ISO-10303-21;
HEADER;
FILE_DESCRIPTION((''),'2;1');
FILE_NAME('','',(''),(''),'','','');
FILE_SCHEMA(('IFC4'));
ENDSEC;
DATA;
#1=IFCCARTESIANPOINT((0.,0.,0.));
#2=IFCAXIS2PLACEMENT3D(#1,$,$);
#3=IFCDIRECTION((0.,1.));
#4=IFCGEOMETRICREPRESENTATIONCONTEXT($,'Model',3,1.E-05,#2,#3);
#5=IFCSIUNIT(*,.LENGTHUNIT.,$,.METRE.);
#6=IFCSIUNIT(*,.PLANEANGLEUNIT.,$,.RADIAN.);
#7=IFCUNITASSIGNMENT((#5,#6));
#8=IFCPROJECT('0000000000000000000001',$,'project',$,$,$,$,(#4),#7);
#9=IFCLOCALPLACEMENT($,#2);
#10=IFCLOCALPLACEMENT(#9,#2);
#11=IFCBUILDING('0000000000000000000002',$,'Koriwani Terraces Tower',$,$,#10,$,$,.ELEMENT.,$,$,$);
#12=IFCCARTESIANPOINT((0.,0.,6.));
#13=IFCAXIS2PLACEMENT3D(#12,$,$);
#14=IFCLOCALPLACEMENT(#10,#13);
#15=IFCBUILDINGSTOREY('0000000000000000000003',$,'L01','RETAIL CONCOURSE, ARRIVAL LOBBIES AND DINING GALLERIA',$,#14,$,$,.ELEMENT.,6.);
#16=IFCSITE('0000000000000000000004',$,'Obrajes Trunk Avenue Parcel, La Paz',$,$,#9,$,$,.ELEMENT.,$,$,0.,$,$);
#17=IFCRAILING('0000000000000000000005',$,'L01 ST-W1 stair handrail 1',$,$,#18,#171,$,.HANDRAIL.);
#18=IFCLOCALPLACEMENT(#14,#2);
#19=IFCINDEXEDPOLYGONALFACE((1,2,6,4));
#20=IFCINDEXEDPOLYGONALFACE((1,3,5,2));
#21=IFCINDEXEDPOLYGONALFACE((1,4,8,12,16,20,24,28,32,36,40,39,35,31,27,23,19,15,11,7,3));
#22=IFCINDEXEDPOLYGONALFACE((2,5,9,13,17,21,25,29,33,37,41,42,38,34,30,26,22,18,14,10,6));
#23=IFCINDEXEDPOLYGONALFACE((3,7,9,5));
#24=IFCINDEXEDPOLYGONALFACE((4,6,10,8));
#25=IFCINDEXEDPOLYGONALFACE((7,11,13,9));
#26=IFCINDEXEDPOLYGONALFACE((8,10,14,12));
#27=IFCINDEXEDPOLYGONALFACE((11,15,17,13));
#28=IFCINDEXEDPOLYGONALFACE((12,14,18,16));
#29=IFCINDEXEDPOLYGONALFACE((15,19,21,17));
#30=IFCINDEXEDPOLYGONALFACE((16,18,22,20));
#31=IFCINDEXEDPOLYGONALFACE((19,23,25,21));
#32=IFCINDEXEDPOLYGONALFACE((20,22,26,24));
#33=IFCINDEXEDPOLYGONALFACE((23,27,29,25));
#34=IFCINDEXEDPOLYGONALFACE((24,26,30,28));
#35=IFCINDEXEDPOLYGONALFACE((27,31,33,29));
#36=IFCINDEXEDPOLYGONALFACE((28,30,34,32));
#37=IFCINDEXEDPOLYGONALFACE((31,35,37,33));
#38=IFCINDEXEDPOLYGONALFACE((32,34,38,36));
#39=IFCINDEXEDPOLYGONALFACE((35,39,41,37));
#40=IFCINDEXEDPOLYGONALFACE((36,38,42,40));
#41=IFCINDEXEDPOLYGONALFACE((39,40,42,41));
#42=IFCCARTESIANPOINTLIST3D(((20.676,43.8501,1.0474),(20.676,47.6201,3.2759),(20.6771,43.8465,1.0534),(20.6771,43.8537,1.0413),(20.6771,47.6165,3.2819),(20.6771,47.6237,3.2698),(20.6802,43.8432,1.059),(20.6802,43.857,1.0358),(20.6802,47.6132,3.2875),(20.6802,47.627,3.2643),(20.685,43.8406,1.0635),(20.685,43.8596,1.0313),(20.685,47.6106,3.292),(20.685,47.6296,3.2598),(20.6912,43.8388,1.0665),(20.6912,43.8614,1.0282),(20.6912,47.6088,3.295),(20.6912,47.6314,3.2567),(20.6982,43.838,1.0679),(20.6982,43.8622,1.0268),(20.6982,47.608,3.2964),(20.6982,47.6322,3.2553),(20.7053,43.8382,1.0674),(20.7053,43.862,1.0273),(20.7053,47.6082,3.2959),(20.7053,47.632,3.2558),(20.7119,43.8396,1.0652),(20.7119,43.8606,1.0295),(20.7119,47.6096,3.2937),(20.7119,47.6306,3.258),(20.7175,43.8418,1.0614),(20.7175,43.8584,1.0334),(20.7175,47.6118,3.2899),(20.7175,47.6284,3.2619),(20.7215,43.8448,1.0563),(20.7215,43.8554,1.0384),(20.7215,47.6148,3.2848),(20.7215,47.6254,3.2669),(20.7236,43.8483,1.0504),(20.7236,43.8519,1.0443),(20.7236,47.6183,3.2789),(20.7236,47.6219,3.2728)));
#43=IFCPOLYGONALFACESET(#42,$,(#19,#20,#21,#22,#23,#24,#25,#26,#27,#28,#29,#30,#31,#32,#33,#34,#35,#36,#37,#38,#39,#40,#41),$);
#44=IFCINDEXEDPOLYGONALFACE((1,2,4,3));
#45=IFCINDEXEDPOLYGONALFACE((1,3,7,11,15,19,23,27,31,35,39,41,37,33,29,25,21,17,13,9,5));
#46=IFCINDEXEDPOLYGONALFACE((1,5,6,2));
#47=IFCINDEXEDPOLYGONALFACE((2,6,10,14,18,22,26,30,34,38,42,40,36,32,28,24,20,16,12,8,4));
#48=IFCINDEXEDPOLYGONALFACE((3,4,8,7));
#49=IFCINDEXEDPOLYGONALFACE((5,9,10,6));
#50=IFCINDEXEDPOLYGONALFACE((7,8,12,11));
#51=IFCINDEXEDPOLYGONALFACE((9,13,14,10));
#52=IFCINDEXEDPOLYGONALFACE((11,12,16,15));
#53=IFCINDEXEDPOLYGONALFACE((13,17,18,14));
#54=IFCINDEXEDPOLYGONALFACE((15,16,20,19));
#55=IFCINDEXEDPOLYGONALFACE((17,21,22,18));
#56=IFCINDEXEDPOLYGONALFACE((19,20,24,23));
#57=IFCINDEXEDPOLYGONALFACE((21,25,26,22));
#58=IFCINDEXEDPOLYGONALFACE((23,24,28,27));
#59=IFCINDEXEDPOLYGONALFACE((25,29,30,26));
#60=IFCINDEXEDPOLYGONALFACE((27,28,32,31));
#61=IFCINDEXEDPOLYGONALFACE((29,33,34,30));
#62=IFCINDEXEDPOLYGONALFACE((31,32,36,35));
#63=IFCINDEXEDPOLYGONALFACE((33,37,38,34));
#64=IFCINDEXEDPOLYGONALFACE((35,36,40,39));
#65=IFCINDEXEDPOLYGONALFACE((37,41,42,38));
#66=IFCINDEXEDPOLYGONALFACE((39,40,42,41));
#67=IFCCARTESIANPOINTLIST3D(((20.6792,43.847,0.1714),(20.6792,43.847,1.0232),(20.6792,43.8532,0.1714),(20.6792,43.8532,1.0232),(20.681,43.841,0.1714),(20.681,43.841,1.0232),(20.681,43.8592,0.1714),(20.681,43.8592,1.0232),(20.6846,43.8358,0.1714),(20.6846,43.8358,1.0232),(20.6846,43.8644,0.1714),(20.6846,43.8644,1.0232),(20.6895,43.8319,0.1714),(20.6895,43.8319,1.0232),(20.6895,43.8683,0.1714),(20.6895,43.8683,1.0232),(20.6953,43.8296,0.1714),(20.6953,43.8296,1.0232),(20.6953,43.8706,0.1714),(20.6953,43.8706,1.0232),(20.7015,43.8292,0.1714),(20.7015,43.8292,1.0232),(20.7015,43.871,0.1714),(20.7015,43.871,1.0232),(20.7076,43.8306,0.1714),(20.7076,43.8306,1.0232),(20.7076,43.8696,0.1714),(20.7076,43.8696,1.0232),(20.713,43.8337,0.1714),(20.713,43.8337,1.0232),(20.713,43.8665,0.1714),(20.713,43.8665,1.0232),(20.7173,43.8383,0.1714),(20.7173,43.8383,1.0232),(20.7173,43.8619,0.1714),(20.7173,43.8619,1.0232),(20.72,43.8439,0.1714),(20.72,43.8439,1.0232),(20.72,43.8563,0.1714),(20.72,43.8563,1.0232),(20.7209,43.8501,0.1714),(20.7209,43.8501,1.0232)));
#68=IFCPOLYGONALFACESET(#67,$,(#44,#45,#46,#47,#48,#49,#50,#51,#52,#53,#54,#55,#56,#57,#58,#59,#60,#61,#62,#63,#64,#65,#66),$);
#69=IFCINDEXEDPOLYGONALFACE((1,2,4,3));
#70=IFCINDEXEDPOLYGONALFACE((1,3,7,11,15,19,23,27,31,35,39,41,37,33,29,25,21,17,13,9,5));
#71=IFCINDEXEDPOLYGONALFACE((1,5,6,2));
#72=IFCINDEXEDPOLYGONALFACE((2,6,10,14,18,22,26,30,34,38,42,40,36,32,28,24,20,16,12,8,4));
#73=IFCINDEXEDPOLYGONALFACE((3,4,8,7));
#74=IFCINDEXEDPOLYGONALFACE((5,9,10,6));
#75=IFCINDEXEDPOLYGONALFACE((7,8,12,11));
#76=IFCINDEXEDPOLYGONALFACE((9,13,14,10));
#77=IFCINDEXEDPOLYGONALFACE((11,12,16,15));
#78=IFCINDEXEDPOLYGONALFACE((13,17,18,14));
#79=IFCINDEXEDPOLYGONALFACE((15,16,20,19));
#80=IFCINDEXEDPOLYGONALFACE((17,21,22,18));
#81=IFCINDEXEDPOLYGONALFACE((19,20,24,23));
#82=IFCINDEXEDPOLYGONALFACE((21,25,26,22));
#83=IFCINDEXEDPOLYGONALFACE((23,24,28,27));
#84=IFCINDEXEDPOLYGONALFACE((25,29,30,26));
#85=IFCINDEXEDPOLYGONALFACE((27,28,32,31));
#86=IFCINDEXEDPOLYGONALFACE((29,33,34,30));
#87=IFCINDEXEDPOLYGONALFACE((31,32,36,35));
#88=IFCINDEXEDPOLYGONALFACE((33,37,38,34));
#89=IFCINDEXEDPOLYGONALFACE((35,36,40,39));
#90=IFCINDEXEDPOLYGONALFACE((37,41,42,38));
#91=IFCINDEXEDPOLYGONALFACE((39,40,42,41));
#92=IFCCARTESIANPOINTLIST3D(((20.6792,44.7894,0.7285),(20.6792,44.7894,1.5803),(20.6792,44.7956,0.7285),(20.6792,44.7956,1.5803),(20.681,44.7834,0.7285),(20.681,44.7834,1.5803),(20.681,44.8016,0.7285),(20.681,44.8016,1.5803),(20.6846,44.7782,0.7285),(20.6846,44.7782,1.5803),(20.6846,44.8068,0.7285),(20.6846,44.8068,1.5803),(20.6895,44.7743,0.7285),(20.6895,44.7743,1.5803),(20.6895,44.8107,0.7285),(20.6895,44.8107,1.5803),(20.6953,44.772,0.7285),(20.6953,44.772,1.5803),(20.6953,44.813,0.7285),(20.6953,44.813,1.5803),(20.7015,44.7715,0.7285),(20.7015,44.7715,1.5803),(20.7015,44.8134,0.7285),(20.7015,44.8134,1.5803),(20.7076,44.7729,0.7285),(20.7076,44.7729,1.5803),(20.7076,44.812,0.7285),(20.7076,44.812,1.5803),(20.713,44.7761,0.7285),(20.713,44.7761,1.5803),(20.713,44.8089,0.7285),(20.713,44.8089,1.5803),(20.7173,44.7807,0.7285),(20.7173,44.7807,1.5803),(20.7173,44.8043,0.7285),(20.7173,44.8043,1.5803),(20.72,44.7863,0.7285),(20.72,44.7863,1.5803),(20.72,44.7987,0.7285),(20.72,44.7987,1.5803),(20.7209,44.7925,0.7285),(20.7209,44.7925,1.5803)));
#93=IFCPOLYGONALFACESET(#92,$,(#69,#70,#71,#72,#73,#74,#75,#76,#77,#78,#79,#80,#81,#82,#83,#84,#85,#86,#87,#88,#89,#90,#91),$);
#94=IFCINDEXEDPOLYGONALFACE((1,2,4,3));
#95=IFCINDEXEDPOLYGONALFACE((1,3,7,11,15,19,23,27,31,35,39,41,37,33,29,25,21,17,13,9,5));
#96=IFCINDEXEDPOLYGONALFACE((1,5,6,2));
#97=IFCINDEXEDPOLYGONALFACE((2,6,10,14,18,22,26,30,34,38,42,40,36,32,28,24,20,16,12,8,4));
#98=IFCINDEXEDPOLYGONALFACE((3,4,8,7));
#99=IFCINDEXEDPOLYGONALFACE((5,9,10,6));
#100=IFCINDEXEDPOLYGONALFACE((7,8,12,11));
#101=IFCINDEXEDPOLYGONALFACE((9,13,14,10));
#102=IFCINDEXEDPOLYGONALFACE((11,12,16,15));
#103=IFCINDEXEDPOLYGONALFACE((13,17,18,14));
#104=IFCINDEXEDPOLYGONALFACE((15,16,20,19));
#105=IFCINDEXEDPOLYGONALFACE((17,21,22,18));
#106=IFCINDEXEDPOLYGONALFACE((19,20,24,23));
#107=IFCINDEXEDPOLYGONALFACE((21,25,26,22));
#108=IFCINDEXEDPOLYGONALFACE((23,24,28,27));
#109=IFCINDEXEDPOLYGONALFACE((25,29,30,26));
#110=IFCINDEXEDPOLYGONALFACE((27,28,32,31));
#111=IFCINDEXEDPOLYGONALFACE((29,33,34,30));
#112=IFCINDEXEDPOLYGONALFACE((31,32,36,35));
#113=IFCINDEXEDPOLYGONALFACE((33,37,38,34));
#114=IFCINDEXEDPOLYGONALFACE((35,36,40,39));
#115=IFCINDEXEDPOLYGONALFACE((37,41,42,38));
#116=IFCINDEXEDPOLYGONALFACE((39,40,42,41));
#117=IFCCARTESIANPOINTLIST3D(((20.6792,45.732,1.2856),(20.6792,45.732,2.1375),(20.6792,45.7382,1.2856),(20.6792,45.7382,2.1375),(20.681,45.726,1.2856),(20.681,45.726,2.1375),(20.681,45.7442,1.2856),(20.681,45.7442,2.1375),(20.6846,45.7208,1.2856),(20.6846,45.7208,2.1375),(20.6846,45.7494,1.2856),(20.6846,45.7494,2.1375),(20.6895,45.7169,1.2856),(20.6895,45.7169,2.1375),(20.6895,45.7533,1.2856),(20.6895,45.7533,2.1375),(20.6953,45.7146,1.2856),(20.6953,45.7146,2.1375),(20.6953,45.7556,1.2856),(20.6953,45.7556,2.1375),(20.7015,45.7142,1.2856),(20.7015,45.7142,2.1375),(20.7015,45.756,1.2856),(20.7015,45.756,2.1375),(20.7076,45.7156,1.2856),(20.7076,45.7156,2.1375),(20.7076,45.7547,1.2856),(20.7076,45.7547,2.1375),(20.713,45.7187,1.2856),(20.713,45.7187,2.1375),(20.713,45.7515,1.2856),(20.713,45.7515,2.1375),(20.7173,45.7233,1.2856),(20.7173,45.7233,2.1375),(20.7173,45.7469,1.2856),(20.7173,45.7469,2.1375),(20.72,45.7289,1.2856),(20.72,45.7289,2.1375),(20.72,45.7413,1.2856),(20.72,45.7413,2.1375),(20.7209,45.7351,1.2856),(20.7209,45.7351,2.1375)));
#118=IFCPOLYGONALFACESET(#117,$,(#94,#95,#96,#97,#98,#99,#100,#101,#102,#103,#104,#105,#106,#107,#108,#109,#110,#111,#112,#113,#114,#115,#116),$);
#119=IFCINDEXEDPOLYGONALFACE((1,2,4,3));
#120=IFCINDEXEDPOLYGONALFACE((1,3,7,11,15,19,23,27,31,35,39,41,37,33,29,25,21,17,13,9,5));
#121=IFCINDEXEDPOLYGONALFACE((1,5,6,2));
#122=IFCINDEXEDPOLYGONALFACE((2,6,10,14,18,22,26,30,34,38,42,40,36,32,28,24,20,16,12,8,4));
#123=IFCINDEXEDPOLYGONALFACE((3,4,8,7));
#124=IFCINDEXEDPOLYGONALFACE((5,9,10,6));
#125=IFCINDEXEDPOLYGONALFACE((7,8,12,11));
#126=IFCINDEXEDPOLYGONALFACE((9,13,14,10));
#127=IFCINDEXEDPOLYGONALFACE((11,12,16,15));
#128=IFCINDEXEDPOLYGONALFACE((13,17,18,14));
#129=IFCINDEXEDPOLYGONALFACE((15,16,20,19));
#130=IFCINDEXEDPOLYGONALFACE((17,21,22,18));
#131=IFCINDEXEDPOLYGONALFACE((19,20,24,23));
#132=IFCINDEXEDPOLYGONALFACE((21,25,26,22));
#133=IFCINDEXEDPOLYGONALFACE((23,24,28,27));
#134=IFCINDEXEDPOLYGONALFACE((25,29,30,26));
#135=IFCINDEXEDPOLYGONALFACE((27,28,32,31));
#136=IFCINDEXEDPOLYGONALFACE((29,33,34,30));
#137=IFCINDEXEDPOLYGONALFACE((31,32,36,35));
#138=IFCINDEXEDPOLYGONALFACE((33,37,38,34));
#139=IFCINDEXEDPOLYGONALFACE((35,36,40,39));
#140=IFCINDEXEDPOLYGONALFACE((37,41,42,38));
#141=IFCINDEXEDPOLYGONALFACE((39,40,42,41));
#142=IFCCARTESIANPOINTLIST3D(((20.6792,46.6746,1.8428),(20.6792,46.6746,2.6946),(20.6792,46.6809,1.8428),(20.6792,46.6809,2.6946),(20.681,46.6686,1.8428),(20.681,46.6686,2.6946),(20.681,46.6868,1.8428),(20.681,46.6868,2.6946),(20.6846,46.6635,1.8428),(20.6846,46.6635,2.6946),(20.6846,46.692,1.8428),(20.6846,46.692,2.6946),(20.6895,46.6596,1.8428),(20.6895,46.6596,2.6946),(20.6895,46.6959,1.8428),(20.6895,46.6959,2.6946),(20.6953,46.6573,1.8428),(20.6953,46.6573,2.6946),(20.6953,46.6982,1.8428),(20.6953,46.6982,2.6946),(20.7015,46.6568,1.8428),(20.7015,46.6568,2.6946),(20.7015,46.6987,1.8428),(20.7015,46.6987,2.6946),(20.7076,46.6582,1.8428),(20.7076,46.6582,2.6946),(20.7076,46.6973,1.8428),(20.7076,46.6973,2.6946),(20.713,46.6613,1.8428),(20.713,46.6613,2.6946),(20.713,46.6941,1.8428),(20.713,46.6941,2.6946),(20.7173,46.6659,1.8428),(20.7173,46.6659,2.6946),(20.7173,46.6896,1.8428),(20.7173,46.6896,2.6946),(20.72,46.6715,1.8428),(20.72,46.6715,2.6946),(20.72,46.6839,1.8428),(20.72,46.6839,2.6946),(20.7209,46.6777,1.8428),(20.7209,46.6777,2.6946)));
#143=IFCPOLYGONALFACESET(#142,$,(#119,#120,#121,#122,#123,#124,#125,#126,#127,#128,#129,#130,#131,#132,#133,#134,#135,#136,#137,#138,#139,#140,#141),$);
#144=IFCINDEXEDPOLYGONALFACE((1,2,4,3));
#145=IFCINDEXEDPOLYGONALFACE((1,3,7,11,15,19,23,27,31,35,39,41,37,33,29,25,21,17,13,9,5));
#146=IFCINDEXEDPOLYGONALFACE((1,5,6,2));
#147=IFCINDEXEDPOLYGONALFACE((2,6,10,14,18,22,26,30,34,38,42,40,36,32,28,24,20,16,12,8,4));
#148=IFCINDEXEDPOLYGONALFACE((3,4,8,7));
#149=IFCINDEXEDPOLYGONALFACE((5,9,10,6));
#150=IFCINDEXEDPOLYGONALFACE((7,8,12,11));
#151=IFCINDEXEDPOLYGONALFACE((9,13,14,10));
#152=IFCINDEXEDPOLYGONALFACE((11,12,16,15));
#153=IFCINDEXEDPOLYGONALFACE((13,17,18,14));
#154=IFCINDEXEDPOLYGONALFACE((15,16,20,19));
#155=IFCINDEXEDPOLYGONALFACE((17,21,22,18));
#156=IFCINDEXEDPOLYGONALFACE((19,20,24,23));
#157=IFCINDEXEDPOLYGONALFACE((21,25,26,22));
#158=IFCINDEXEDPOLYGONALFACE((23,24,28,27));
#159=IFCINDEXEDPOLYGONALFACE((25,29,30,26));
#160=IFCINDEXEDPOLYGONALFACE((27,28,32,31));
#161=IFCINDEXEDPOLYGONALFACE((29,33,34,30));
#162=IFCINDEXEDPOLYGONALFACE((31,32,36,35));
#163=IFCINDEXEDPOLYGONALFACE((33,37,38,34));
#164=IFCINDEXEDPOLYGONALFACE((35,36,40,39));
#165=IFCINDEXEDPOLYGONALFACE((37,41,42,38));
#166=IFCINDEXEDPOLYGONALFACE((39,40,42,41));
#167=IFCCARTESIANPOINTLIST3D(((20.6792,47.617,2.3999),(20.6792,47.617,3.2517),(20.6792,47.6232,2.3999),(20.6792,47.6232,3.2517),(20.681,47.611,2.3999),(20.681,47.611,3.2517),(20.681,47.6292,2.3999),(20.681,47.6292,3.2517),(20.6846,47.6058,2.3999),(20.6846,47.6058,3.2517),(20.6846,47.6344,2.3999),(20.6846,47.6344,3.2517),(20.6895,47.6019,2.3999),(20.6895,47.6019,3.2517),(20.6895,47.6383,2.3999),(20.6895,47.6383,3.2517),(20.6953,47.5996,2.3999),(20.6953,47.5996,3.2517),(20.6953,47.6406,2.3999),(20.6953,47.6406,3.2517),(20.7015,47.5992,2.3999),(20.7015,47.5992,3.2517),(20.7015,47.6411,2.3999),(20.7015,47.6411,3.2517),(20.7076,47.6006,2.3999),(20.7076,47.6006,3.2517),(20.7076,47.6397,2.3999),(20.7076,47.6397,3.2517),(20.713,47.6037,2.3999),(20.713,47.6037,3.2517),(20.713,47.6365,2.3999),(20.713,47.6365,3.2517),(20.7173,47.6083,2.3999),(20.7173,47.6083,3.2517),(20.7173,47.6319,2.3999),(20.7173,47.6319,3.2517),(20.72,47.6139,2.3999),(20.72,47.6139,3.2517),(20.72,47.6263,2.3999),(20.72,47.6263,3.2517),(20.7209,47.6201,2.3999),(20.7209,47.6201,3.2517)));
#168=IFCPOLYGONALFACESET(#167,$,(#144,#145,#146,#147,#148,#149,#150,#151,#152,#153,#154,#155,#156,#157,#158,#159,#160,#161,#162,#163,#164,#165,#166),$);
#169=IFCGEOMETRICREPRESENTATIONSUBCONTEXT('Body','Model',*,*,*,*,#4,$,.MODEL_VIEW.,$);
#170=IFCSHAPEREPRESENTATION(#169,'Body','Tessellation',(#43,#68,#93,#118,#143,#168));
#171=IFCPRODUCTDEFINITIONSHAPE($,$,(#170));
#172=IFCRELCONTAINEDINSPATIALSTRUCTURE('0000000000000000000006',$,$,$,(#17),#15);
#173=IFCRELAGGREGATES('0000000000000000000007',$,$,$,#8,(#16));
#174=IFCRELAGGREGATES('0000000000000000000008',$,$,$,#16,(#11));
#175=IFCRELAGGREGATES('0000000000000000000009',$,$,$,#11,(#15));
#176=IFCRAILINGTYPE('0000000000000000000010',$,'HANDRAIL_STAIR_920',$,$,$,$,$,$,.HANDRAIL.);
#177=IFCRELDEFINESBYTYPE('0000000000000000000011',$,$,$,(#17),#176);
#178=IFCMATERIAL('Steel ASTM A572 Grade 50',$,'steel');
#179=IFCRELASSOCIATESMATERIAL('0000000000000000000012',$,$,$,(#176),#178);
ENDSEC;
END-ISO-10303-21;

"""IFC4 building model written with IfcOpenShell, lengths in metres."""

from ifc_helpers import new_model, si_unit, direction, frame, origin, origin_2d, place, context, subcontext, project, spatial, circle, extrude, material, type_object, element, save


model = new_model("IFC4")

# Units and contexts
model_context = context("Model", 3, precision=1e-05, world=origin(), true_north=direction((0.0, 1.0)))
body_context = subcontext(model_context, "Body", "Model", "MODEL_VIEW")
ifc_project = project(units=[si_unit("LENGTHUNIT", "METRE"), si_unit("PLANEANGLEUNIT", "RADIAN")], contexts=[model_context])

# Site, building, storey
site_placement = place(None, origin())
site = spatial("IfcSite", under=ifc_project, at=site_placement, Name="Obrajes Trunk Avenue Parcel, La Paz", CompositionType="ELEMENT", RefElevation=0.0)
building_placement = place(site_placement, origin())
building = spatial("IfcBuilding", under=site, at=building_placement, Name="Koriwani Terraces Tower", CompositionType="ELEMENT")
storey_placement = place(building_placement, frame((0.0, 0.0, 6.0)))
storey = spatial("IfcBuildingStorey", under=building, at=storey_placement, Name="L01", Description="RETAIL CONCOURSE, ARRIVAL LOBBIES AND DINING GALLERIA", CompositionType="ELEMENT", Elevation=6.0)

# Shared definitions
ifc_material_1 = material(Name="Steel ASTM A572 Grade 50", Category="steel")

# Railing
railing_type_1 = type_object("IfcRailingType", Name="HANDRAIL_STAIR_920", PredefinedType="HANDRAIL", material=ifc_material_1)
for number, where, name in (
    (1, (20.7, 43.8501, 0.1714), "L01 ST-W1 stair handrail 1"),
):
    element("IfcRailing", number, at=place(storey_placement, frame(where)), inside=storey, type_object=railing_type_1, Name=name, PredefinedType="HANDRAIL", context=body_context, shape_type="SweptSolid", body=[
        extrude(circle(Radius=0.0239, at=origin_2d()), frame((0.0, 0.0, 0.876), z_axis=(0.0, 0.860849, 0.508861), x_axis=(-1.0, 0.0, 0.0)), (0.0, 0.0, 1.0), 4.3794),
        extrude(circle(Radius=0.021, at=origin_2d()), origin(), (0.0, 0.0, 1.0), 0.8518),
        extrude(circle(Radius=0.021, at=origin_2d()), frame((0.0, 0.9424, 0.5571)), (0.0, 0.0, 1.0), 0.8518),
        extrude(circle(Radius=0.021, at=origin_2d()), frame((0.0, 1.885, 1.1143)), (0.0, 0.0, 1.0), 0.8518),
        extrude(circle(Radius=0.021, at=origin_2d()), frame((0.0, 2.8276, 1.6714)), (0.0, 0.0, 1.0), 0.8518),
        extrude(circle(Radius=0.021, at=origin_2d()), frame((0.0, 3.77, 2.2285)), (0.0, 0.0, 1.0), 0.8518),
    ])

save(model, "model.ifc")
